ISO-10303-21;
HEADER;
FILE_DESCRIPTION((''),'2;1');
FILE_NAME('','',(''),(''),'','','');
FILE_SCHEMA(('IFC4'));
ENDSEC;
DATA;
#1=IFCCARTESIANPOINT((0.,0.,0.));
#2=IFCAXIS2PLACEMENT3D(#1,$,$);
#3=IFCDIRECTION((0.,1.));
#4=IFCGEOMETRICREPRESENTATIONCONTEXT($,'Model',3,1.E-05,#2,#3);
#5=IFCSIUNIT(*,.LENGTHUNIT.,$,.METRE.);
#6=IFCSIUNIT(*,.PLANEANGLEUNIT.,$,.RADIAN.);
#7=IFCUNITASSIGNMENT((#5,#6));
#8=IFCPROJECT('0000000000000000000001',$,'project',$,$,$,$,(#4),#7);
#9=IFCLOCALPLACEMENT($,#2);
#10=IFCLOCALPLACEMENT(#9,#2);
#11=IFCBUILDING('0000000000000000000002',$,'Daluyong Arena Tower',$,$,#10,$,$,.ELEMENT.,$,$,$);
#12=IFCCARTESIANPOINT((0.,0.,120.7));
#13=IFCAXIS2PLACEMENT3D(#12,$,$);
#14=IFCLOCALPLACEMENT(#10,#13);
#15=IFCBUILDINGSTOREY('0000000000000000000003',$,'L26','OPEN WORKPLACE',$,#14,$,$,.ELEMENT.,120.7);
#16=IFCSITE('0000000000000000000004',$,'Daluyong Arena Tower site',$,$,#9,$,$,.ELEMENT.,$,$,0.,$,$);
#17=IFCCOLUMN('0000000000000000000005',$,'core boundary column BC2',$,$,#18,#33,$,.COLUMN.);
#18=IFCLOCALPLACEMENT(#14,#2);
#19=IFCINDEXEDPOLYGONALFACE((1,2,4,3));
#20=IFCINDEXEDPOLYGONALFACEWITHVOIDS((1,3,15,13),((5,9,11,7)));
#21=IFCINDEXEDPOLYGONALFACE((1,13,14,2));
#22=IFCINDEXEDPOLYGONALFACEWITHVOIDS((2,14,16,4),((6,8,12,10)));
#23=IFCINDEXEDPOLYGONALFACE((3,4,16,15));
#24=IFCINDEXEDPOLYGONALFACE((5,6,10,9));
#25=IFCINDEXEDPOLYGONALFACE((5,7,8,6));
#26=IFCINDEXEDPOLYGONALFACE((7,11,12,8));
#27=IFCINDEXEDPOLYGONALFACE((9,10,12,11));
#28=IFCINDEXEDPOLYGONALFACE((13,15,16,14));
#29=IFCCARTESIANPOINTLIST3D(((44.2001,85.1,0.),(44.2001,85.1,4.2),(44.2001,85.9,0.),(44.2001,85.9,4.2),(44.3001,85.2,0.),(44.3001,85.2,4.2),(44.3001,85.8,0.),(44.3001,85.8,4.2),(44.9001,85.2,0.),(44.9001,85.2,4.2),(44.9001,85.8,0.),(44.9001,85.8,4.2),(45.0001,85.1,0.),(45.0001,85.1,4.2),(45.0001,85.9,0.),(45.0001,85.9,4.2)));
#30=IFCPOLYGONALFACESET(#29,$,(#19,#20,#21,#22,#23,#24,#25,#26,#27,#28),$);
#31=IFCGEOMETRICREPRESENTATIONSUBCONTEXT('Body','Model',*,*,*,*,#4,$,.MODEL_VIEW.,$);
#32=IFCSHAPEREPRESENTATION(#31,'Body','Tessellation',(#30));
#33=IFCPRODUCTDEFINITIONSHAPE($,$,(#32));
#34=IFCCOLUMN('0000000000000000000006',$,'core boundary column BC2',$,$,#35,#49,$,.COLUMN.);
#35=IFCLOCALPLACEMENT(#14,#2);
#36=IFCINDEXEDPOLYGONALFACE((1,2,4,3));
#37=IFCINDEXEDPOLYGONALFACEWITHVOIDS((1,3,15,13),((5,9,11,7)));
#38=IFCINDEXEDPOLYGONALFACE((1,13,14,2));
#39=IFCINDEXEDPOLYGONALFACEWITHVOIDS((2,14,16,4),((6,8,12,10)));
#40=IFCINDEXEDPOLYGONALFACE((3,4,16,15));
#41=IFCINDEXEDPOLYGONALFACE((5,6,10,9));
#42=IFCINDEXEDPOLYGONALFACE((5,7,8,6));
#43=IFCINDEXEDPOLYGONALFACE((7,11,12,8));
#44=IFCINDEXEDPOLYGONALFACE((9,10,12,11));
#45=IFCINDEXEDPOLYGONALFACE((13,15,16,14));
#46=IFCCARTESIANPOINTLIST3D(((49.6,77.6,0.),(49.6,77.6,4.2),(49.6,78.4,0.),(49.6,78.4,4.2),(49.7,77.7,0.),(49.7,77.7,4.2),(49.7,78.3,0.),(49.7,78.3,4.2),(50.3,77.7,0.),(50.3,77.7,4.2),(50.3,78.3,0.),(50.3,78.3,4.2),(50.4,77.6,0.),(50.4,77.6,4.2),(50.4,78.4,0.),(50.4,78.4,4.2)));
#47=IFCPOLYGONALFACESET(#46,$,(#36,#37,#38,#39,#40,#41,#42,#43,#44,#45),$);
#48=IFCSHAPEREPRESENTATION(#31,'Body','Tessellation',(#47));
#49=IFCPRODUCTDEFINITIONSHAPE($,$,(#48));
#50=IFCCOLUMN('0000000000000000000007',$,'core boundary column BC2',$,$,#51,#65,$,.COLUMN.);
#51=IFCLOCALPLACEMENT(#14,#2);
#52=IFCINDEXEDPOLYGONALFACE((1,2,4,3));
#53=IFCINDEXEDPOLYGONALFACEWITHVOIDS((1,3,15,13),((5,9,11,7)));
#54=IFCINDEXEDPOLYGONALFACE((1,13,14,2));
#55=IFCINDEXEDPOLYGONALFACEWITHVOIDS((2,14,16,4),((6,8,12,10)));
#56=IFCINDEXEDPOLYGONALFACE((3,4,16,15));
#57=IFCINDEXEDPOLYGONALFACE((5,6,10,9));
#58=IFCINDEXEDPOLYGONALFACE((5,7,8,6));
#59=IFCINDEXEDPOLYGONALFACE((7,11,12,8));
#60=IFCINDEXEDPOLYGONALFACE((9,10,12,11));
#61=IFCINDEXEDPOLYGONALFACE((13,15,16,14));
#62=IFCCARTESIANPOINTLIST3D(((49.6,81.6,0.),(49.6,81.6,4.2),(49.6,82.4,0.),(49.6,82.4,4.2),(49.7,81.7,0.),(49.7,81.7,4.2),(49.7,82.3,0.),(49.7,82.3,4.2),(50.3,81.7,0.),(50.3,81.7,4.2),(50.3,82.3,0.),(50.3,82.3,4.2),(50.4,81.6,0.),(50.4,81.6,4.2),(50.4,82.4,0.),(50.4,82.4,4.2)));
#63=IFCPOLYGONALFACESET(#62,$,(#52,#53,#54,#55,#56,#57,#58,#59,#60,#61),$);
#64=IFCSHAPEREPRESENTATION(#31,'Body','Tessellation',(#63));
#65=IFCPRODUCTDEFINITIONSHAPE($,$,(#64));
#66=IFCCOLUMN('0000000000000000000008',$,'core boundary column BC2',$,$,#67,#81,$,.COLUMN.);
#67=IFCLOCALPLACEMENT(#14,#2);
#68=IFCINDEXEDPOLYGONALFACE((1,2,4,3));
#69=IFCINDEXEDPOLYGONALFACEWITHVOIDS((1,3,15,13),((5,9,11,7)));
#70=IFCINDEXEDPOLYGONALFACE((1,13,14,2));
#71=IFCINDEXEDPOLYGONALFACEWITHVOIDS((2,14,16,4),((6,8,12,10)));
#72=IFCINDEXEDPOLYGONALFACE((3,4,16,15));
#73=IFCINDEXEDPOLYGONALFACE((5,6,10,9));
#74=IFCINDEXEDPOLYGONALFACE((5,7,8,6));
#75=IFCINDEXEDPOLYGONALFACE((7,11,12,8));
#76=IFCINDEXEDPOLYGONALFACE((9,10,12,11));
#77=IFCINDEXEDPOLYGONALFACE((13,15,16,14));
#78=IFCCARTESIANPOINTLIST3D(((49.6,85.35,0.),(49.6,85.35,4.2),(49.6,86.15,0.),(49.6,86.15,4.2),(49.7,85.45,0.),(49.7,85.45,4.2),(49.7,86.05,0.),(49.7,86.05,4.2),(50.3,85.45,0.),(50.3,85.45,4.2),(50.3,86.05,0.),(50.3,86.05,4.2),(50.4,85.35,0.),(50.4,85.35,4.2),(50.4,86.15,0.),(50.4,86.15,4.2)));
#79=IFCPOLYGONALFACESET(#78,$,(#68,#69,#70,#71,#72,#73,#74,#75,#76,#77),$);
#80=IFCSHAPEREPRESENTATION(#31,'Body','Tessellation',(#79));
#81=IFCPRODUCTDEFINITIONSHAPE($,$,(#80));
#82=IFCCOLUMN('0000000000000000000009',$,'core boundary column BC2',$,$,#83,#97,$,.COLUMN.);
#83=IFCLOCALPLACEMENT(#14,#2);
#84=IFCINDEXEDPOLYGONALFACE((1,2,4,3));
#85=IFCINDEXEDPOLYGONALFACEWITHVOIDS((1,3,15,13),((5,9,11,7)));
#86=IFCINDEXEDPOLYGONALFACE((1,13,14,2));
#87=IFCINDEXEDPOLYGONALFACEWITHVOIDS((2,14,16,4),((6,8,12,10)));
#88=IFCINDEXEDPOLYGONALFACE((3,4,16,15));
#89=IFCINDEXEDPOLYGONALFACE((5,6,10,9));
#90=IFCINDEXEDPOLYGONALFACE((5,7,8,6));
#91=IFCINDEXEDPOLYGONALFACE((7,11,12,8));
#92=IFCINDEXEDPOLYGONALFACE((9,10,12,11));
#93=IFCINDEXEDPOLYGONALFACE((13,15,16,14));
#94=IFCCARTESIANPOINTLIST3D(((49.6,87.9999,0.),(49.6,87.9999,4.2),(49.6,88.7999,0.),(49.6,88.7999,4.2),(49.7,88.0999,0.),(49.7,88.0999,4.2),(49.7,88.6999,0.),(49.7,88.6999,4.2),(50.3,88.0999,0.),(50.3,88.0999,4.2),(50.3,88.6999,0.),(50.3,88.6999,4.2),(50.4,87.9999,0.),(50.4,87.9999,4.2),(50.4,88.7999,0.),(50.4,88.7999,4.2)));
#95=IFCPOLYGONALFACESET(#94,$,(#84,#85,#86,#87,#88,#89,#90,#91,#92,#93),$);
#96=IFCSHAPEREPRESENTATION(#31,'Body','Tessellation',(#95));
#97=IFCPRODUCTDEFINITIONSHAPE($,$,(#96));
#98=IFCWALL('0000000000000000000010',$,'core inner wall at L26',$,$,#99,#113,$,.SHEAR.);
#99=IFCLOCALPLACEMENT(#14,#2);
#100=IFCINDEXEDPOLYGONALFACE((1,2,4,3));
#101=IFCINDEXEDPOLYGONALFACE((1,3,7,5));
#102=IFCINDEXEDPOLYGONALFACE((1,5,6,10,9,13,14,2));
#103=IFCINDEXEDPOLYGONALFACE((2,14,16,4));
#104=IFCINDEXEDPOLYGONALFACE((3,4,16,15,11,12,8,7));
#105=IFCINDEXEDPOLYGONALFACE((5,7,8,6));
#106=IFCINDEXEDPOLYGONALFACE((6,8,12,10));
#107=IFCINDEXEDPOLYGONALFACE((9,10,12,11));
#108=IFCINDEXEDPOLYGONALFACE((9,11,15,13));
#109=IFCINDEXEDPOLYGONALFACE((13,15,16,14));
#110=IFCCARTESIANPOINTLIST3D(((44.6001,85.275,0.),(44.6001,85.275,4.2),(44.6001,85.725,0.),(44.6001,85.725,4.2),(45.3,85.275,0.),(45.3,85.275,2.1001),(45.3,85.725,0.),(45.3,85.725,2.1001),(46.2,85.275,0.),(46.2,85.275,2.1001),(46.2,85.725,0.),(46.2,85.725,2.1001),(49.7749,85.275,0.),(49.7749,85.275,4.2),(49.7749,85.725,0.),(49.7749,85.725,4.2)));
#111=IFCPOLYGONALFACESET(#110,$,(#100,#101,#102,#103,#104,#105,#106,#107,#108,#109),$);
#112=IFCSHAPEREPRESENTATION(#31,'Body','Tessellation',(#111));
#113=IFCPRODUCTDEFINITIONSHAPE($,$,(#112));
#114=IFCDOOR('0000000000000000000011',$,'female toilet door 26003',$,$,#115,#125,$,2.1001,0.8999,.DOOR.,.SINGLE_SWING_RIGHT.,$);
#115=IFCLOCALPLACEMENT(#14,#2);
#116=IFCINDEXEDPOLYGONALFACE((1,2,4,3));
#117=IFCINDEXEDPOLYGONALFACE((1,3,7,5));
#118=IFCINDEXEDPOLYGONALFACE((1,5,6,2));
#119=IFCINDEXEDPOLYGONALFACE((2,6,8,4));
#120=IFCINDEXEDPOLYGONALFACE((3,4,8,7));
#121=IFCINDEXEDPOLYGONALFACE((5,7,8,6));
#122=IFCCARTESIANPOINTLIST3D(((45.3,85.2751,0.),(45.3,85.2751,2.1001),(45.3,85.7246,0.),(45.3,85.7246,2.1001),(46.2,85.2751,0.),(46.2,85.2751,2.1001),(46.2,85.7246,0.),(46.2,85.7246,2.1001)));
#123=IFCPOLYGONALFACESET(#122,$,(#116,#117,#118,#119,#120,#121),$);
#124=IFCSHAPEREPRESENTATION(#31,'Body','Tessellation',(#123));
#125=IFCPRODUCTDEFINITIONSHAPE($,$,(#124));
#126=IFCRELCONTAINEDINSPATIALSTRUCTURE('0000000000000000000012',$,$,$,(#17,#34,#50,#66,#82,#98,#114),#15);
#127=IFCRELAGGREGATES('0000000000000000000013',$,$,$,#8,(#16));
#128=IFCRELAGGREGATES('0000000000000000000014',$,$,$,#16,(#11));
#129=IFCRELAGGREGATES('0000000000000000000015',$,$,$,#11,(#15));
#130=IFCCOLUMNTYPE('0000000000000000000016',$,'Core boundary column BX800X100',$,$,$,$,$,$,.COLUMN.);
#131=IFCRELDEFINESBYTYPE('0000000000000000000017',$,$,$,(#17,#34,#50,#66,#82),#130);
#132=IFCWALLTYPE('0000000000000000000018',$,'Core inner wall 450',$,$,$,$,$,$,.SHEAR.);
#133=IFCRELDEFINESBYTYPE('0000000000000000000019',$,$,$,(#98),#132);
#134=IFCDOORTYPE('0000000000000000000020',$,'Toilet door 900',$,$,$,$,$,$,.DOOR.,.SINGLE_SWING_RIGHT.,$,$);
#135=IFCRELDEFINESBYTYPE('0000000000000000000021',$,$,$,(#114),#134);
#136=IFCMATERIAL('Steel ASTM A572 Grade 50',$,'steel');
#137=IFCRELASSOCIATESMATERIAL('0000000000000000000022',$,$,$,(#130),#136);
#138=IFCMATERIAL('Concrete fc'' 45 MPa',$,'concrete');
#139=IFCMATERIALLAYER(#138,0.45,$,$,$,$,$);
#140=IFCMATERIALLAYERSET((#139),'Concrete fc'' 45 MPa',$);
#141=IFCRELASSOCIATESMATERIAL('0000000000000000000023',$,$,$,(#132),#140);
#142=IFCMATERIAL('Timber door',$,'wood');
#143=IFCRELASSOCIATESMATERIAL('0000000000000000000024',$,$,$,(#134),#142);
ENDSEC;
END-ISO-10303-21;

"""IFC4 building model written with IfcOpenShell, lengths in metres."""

from ifc_helpers import new_model, si_unit, direction, frame, frame_2d, origin, origin_2d, place, context, subcontext, project, spatial, rectangle, hollow_rectangle, extrude, material, layer, layer_set, material_profile, profile_set, type_object, element, fill, save


model = new_model("IFC4")

# Units and contexts
model_context = context("Model", 3, precision=1e-05, world=origin(), true_north=direction((0.0, 1.0)))
body_context = subcontext(model_context, "Body", "Model", "MODEL_VIEW")
ifc_project = project(units=[si_unit("LENGTHUNIT", "METRE"), si_unit("PLANEANGLEUNIT", "RADIAN")], contexts=[model_context])

# Site, building, storey
site_placement = place(None, origin())
site = spatial("IfcSite", under=ifc_project, at=site_placement, Name="Daluyong Arena Tower site", CompositionType="ELEMENT", RefElevation=0.0)
building_placement = place(site_placement, origin())
building = spatial("IfcBuilding", under=site, at=building_placement, Name="Daluyong Arena Tower", CompositionType="ELEMENT")
storey_placement = place(building_placement, frame((0.0, 0.0, 120.7)))
storey = spatial("IfcBuildingStorey", under=building, at=storey_placement, Name="L26", Description="OPEN WORKPLACE", CompositionType="ELEMENT", Elevation=120.7)

# Columns
ifc_material_1 = material(Name="Steel ASTM A572 Grade 50", Category="steel")
ifc_material_profile = material_profile(ifc_material_1, hollow_rectangle(XDim=0.8, YDim=0.8, WallThickness=0.1, at=origin_2d()))
ifc_profile_set = profile_set([ifc_material_profile], Name="Steel ASTM A572 Grade 50")
column_type = type_object("IfcColumnType", Name="Core boundary column BX800X100", PredefinedType="COLUMN", material=ifc_profile_set)
for number, where, z_axis, x_axis, name in (
    (1, (44.6001, 85.5, 0.0), (0.0, 0.0, 1.0), (1.0, 0.0, 0.0), "core boundary column BC2"),
    (2, (50.0, 78.0, 0.0), (0.0, 0.0, 1.0), (1.0, 0.0, 0.0), "core boundary column BC2"),
    (3, (50.0, 82.0, 0.0), (0.0, 0.0, 1.0), (1.0, 0.0, 0.0), "core boundary column BC2"),
    (4, (50.0, 85.75, 0.0), (0.0, 0.0, 1.0), (1.0, 0.0, 0.0), "core boundary column BC2"),
    (5, (50.0, 88.3999, 0.0), (0.0, 0.0, 1.0), (1.0, 0.0, 0.0), "core boundary column BC2"),
):
    element("IfcColumn", number, at=place(storey_placement, frame(where, z_axis=z_axis, x_axis=x_axis)), inside=storey, type_object=column_type, Name=name, PredefinedType="COLUMN", context=body_context, shape_type="SweptSolid", body=[
        extrude(hollow_rectangle(XDim=0.8, YDim=0.8, WallThickness=0.1, at=origin_2d()), origin(), (0.0, 0.0, 1.0), 4.2),
    ])

# Wall, opening, door
ifc_material_2 = material(Name="Concrete fc' 45 MPa", Category="concrete")
ifc_layer_1 = layer(ifc_material_2, 0.45)
ifc_layer_set_1 = layer_set([ifc_layer_1], Name="Concrete fc' 45 MPa")
wall_type_1 = type_object("IfcWallType", Name="Core inner wall 450", PredefinedType="SHEAR", material=ifc_layer_set_1)
wall_1_placement = place(storey_placement, frame((44.6001, 85.5, 0.0), z_axis=(0.0, 0.0, 1.0), x_axis=(1.0, 0.0, 0.0)))
wall_1 = element("IfcWall", 6, at=wall_1_placement, inside=storey, type_object=wall_type_1, Name="core inner wall at L26", PredefinedType="SHEAR", context=body_context, shape_type="SweptSolid", body=[
    extrude(rectangle(XDim=5.1748, YDim=0.45, at=frame_2d((2.5874, 0.0))), origin(), (0.0, 0.0, 1.0), 4.2),
])
opening_1_placement = place(wall_1_placement, frame((0.7, 0.0, 0.0)))
opening_1 = element("IfcOpeningElement", 7, at=opening_1_placement, cuts=wall_1, PredefinedType="OPENING", context=body_context, shape_type="SweptSolid", body=[
    extrude(rectangle(XDim=0.8999, YDim=2.1001, at=frame_2d((0.45, 1.05))), frame((0.0, 0.2349, 0.0), z_axis=(0.0, -1.0, 0.0), x_axis=(1.0, 0.0, 0.0)), (0.0, 0.0, 1.0), 0.47),
])
ifc_material_3 = material(Name="Timber door", Category="wood")
door_type_1 = type_object("IfcDoorType", Name="Toilet door 900", OperationType="SINGLE_SWING_RIGHT", PredefinedType="DOOR", material=ifc_material_3)
door_1_placement = place(opening_1_placement, origin())
door_1 = element("IfcDoor", 8, at=door_1_placement, inside=storey, type_object=door_type_1, Name="female toilet door 26003", OperationType="SINGLE_SWING_RIGHT", OverallHeight=2.1001, OverallWidth=0.8999, PredefinedType="DOOR", context=body_context, shape_type="SweptSolid", body=[
    extrude(rectangle(XDim=0.8999, YDim=2.1001, at=frame_2d((0.45, 1.05))), frame((0.0, 0.2246, 0.0), z_axis=(0.0, -1.0, 0.0), x_axis=(1.0, 0.0, 0.0)), (0.0, 0.0, 1.0), 0.4495),
])
fill(opening_1, door_1)

save(model, "model.ifc")
